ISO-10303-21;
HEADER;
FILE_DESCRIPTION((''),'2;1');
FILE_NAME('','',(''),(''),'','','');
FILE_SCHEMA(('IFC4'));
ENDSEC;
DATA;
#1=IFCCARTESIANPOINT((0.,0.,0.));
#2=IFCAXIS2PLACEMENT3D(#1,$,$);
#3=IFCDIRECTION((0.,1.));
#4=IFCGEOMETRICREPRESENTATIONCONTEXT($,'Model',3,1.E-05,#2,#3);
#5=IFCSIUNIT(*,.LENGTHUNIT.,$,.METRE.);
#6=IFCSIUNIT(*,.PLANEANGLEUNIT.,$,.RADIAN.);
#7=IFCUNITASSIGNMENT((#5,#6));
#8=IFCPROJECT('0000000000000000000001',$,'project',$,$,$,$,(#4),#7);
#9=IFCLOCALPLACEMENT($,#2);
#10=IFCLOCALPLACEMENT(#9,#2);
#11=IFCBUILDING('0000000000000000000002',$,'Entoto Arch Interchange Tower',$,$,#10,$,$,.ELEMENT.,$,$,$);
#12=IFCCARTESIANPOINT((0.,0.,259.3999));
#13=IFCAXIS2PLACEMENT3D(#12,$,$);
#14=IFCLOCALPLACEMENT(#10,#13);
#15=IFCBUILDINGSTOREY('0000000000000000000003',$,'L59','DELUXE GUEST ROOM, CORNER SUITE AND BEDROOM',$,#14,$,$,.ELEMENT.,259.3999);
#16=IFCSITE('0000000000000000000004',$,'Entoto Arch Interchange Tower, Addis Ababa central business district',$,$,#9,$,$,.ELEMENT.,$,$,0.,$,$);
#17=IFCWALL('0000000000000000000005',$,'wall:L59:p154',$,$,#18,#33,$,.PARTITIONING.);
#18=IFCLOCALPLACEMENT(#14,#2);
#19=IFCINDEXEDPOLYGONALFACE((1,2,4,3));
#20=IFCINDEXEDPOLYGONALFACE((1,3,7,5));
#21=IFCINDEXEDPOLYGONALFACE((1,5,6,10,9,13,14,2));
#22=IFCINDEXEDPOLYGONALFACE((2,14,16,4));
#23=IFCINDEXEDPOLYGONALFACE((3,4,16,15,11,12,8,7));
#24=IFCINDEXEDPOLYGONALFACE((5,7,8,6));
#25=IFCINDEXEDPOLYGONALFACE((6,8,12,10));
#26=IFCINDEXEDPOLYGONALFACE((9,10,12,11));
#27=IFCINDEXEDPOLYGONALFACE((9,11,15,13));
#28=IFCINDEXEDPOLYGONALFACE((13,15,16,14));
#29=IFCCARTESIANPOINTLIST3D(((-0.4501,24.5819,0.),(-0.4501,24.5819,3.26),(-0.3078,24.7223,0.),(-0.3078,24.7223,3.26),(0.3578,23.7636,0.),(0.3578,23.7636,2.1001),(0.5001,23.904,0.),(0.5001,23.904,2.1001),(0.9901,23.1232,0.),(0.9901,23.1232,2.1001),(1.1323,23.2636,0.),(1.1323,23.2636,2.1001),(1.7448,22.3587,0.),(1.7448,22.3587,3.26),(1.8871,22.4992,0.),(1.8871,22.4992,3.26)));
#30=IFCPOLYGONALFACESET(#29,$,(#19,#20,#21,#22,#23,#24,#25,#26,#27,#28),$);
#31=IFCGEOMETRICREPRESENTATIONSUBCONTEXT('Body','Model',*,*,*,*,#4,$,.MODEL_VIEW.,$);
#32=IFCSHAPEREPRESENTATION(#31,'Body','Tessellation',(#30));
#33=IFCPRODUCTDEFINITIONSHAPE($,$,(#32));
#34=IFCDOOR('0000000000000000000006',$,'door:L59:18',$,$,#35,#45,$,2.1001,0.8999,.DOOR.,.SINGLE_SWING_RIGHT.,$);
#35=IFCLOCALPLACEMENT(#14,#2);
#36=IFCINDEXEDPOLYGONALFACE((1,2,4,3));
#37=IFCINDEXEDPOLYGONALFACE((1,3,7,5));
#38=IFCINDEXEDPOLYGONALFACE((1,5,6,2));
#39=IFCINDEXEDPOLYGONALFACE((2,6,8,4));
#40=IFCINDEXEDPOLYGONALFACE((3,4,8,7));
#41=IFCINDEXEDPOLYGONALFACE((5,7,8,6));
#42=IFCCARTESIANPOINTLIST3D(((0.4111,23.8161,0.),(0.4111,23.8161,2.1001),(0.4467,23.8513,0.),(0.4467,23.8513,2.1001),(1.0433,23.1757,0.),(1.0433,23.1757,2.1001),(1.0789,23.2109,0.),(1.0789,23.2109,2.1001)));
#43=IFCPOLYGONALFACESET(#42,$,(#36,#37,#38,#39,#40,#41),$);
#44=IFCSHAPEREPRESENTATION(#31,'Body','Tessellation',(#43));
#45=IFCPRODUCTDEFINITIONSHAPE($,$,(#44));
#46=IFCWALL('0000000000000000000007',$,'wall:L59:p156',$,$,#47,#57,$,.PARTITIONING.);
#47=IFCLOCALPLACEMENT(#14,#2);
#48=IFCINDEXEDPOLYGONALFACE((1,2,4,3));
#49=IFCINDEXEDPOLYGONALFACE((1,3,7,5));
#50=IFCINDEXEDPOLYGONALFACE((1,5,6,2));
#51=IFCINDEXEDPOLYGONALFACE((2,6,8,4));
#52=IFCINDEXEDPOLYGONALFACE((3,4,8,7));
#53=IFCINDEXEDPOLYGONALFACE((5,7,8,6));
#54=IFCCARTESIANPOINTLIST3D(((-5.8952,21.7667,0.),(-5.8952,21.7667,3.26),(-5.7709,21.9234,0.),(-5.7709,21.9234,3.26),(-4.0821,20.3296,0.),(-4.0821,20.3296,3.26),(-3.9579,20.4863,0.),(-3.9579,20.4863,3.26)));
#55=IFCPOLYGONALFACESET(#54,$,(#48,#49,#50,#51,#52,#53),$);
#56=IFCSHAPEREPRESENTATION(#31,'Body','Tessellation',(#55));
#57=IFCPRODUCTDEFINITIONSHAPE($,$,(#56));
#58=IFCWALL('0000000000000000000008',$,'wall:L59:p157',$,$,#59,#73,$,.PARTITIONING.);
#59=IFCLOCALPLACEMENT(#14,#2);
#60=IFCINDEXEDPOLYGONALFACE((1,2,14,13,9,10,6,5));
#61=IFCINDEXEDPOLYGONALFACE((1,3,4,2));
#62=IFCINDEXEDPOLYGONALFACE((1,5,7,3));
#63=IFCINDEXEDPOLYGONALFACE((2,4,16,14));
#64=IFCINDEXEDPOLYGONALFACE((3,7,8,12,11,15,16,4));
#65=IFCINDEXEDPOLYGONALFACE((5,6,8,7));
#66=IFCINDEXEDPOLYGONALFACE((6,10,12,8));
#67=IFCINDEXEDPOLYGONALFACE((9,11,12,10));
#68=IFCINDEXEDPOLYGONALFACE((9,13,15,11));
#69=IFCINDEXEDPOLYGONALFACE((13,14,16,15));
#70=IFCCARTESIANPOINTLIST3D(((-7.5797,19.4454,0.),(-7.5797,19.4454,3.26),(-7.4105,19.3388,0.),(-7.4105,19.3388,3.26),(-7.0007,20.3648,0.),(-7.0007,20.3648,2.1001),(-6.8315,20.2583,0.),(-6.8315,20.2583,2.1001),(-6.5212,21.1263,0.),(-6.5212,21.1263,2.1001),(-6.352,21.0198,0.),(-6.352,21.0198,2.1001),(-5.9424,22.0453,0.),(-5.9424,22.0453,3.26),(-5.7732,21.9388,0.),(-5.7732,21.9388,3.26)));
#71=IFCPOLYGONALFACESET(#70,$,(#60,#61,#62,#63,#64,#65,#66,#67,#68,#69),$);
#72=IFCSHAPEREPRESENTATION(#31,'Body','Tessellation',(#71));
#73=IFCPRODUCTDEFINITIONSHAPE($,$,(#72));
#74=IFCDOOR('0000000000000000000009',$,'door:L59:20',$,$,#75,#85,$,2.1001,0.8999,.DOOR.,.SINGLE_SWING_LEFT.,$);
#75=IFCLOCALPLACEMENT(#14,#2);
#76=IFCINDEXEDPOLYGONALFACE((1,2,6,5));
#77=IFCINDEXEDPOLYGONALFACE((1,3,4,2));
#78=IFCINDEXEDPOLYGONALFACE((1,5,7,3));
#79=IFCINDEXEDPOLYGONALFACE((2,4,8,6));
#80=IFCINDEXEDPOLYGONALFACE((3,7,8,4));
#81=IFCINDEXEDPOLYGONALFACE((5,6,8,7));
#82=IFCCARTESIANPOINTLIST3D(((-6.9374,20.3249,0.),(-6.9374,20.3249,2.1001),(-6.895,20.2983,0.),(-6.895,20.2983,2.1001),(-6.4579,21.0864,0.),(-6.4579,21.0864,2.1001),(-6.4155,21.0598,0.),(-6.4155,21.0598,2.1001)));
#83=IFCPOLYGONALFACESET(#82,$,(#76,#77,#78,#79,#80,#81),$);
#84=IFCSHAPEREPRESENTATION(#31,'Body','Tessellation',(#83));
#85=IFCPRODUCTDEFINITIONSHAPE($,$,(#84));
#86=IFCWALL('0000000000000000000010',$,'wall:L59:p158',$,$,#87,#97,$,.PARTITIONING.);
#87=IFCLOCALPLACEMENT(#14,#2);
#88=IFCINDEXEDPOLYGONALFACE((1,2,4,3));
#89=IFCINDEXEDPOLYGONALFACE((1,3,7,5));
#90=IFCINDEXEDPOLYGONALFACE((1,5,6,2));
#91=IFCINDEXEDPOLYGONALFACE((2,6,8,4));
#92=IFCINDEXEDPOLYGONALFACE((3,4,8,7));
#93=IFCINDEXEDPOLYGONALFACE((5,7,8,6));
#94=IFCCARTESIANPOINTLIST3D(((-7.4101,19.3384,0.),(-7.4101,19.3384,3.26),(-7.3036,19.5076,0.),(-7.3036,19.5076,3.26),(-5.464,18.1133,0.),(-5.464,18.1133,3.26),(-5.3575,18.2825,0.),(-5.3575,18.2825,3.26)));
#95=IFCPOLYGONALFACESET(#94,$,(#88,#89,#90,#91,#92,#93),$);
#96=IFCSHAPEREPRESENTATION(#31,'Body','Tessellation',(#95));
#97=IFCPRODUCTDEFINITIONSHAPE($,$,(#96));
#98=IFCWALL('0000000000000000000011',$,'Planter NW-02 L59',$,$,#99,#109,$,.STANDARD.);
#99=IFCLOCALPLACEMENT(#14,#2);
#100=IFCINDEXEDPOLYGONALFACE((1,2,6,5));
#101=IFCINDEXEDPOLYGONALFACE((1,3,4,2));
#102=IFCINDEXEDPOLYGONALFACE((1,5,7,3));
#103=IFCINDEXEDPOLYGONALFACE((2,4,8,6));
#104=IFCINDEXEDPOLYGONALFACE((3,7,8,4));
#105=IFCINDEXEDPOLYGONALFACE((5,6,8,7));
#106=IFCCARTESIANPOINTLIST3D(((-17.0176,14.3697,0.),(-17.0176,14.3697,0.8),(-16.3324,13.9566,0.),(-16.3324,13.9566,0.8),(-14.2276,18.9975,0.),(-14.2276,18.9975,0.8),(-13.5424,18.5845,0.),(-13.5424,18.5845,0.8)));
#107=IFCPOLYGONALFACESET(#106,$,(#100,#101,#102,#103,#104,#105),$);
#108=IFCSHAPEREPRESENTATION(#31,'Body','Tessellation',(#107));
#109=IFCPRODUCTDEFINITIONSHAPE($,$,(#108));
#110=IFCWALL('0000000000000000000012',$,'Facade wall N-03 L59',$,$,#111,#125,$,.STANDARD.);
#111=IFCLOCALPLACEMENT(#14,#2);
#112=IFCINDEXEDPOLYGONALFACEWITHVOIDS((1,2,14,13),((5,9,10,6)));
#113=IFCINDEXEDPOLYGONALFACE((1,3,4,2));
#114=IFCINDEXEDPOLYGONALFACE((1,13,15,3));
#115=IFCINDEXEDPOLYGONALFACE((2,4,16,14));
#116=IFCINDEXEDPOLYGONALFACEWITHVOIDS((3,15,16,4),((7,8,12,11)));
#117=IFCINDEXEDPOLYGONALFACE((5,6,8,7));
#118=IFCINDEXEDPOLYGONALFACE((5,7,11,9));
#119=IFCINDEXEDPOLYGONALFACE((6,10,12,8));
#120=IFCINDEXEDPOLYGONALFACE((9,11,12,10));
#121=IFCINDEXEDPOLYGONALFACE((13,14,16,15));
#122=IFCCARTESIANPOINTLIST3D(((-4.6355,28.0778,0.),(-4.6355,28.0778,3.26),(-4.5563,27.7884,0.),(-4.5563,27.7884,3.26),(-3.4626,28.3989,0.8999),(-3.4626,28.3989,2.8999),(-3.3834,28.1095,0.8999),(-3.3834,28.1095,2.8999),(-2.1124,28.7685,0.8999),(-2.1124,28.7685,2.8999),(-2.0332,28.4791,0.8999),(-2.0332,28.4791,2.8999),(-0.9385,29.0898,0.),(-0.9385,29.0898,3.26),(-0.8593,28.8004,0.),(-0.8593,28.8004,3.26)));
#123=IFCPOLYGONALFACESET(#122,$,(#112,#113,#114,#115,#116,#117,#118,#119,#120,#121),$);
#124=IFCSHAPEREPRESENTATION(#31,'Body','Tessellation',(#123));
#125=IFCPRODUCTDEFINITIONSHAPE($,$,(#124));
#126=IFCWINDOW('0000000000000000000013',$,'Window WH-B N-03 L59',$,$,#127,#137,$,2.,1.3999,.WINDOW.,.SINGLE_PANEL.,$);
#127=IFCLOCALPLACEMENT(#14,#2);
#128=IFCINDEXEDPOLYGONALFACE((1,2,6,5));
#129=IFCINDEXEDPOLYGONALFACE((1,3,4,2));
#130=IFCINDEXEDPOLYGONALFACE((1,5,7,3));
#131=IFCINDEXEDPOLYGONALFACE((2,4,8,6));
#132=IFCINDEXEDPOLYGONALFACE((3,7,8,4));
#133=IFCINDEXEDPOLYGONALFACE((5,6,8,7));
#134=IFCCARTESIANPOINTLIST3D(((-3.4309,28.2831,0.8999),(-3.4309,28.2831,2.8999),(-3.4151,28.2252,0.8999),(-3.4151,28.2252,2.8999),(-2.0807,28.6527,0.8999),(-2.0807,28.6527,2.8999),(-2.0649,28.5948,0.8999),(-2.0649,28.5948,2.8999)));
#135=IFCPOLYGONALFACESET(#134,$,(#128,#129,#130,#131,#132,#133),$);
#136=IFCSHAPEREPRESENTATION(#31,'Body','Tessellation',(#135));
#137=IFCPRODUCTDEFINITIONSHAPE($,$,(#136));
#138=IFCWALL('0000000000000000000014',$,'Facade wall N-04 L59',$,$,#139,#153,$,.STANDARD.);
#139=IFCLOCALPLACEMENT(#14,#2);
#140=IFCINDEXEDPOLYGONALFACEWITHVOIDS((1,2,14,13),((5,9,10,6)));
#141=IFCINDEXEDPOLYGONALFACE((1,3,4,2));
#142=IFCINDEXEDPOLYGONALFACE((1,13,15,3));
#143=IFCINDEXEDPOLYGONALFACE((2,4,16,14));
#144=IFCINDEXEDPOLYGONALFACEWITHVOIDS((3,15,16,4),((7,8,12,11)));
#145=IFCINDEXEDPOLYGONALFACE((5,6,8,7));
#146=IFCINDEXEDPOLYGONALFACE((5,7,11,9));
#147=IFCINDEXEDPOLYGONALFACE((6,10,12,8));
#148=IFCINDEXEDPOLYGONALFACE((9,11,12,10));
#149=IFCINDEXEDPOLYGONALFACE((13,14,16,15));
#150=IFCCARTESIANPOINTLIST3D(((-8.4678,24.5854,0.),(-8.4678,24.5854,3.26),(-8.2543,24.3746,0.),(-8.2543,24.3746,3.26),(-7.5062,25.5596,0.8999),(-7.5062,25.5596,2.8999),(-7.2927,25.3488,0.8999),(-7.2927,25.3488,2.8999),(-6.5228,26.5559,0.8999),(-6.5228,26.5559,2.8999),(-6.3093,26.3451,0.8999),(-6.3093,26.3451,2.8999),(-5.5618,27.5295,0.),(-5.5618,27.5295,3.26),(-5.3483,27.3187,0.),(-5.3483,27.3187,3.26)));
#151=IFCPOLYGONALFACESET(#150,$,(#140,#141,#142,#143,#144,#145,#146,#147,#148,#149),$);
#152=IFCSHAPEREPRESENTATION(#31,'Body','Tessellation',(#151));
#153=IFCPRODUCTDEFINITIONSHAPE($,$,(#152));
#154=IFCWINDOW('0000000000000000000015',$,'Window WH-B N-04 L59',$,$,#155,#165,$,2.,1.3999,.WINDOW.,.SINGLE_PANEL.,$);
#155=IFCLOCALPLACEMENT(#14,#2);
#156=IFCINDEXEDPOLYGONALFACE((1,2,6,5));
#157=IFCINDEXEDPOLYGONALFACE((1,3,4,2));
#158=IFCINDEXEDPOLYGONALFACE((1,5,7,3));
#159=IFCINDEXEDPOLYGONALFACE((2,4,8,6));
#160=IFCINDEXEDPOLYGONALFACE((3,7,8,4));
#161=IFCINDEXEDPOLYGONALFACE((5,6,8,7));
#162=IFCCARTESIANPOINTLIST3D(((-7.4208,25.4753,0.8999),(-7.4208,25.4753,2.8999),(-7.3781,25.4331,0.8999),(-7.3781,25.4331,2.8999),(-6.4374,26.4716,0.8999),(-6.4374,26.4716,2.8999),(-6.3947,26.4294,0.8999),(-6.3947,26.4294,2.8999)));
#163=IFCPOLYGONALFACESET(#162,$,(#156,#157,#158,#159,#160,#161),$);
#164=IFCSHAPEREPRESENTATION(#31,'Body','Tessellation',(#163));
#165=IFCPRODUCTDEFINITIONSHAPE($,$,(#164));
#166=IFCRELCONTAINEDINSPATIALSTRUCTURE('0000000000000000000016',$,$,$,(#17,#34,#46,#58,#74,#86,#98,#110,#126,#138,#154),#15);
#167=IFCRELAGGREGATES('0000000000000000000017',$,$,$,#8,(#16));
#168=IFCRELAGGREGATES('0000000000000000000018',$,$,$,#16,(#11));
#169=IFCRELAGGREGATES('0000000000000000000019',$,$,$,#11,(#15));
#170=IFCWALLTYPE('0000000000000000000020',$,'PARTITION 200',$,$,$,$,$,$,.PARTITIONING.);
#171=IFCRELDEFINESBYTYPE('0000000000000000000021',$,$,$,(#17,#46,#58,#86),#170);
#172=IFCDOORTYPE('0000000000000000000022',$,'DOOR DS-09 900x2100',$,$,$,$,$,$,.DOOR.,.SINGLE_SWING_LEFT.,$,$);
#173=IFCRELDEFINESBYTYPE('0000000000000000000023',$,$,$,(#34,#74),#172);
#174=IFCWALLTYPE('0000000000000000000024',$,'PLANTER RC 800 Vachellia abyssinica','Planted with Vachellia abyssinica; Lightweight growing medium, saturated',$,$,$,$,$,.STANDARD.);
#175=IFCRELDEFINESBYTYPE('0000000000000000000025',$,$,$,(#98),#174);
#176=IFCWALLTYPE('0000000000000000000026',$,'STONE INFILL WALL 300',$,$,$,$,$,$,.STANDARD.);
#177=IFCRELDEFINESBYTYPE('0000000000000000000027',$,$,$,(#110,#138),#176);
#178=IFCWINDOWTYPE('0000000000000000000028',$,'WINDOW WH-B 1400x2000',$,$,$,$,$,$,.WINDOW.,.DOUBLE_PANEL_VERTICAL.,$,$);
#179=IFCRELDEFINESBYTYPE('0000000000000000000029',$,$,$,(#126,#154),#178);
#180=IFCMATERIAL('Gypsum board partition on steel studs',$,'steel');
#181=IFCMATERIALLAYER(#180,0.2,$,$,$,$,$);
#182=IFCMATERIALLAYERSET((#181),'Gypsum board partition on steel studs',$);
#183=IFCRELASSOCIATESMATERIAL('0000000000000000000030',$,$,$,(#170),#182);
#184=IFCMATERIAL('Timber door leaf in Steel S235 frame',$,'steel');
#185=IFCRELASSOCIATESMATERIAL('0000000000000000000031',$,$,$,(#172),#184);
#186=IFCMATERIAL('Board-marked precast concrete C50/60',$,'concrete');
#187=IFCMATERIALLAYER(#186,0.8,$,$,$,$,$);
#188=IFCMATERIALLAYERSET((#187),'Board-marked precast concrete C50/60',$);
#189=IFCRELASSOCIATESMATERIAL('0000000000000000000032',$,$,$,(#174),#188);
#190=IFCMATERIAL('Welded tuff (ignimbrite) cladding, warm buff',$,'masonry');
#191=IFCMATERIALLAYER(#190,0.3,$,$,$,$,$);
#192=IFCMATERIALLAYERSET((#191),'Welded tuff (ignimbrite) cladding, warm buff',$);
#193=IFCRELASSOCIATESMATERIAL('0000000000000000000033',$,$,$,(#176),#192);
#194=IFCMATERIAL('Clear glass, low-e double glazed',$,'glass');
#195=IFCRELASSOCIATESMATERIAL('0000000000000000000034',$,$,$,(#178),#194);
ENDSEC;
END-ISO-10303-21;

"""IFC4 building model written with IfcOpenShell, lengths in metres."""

from ifc_helpers import new_model, si_unit, direction, frame, frame_2d, origin, place, context, subcontext, project, spatial, rectangle, extrude, material, layer, layer_set, type_object, element, fill, save


model = new_model("IFC4")

# Units and contexts
model_context = context("Model", 3, precision=1e-05, world=origin(), true_north=direction((0.0, 1.0)))
body_context = subcontext(model_context, "Body", "Model", "MODEL_VIEW")
ifc_project = project(units=[si_unit("LENGTHUNIT", "METRE"), si_unit("PLANEANGLEUNIT", "RADIAN")], contexts=[model_context])

# Site, building, storey
site_placement = place(None, origin())
site = spatial("IfcSite", under=ifc_project, at=site_placement, Name="Entoto Arch Interchange Tower, Addis Ababa central business district", CompositionType="ELEMENT", RefElevation=0.0)
building_placement = place(site_placement, origin())
building = spatial("IfcBuilding", under=site, at=building_placement, Name="Entoto Arch Interchange Tower", CompositionType="ELEMENT")
storey_placement = place(building_placement, frame((0.0, 0.0, 259.3999)))
storey = spatial("IfcBuildingStorey", under=building, at=storey_placement, Name="L59", Description="DELUXE GUEST ROOM, CORNER SUITE AND BEDROOM", CompositionType="ELEMENT", Elevation=259.3999)

# Shared definitions
ifc_material_1 = material(Name="Gypsum board partition on steel studs", Category="steel")
ifc_layer_1 = layer(ifc_material_1, 0.2)
ifc_layer_set_1 = layer_set([ifc_layer_1], Name="Gypsum board partition on steel studs")
wall_type_1 = type_object("IfcWallType", Name="PARTITION 200", PredefinedType="PARTITIONING", material=ifc_layer_set_1)

# Shared definitions
ifc_material_2 = material(Name="Timber door leaf in Steel S235 frame", Category="steel")

# Wall, opening, door
wall_1_placement = place(storey_placement, frame((-0.3789, 24.6521, 0.0), z_axis=(0.0, 0.0, 1.0), x_axis=(0.70256, -0.711625, 0.0)))
wall_1 = element("IfcWall", 1, at=wall_1_placement, inside=storey, type_object=wall_type_1, Name="wall:L59:p154", PredefinedType="PARTITIONING", context=body_context, shape_type="SweptSolid", body=[
    extrude(rectangle(XDim=3.124, YDim=0.2, at=frame_2d((1.562, 0.0))), origin(), (0.0, 0.0, 1.0), 3.26),
])
opening_1_placement = place(wall_1_placement, frame((1.1499, 0.0, 0.0)))
opening_1 = element("IfcOpeningElement", 2, at=opening_1_placement, cuts=wall_1, PredefinedType="OPENING", context=body_context, shape_type="SweptSolid", body=[
    extrude(rectangle(XDim=0.8999, YDim=2.1001, at=frame_2d((0.45, 1.05))), frame((0.0, 0.1099, 0.0), z_axis=(0.0, -1.0, 0.0), x_axis=(1.0, 0.0, 0.0)), (0.0, 0.0, 1.0), 0.22),
])
door_type_1 = type_object("IfcDoorType", Name="DOOR DS-09 900x2100", OperationType="SINGLE_SWING_LEFT", PredefinedType="DOOR", material=ifc_material_2)
door_1_placement = place(opening_1_placement, origin())
door_1 = element("IfcDoor", 3, at=door_1_placement, inside=storey, type_object=door_type_1, Name="door:L59:18", OperationType="SINGLE_SWING_RIGHT", OverallHeight=2.1001, OverallWidth=0.8999, PredefinedType="DOOR", context=body_context, shape_type="SweptSolid", body=[
    extrude(rectangle(XDim=0.8999, YDim=2.1001, at=frame_2d((0.45, 1.05))), frame((0.0, 0.0249, 0.0), z_axis=(0.0, -1.0, 0.0), x_axis=(1.0, 0.0, 0.0)), (0.0, 0.0, 1.0), 0.05),
])
fill(opening_1, door_1)

# Wall
wall_2_placement = place(storey_placement, frame((-4.02, 20.408, 0.0), z_axis=(0.0, 0.0, 1.0), x_axis=(-0.783682, 0.621162, 0.0)))
element("IfcWall", 4, at=wall_2_placement, inside=storey, type_object=wall_type_1, Name="wall:L59:p156", PredefinedType="PARTITIONING", context=body_context, shape_type="SweptSolid", body=[
    extrude(rectangle(XDim=2.3135, YDim=0.2, at=frame_2d((1.1567, 0.0))), origin(), (0.0, 0.0, 1.0), 3.26),
])

# Wall, opening, door
wall_3_placement = place(storey_placement, frame((-5.8579, 21.9919, 0.0), z_axis=(0.0, 0.0, 1.0), x_axis=(-0.532874, -0.846194, 0.0)))
wall_3 = element("IfcWall", 5, at=wall_3_placement, inside=storey, type_object=wall_type_1, Name="wall:L59:p157", PredefinedType="PARTITIONING", context=body_context, shape_type="SweptSolid", body=[
    extrude(rectangle(XDim=3.0725, YDim=0.2, at=frame_2d((1.5361, 0.0))), origin(), (0.0, 0.0, 1.0), 3.26),
])
opening_2_placement = place(wall_3_placement, frame((1.0859, 0.0, 0.0)))
opening_2 = element("IfcOpeningElement", 6, at=opening_2_placement, cuts=wall_3, PredefinedType="OPENING", context=body_context, shape_type="SweptSolid", body=[
    extrude(rectangle(XDim=0.8999, YDim=2.1001, at=frame_2d((0.45, 1.05))), frame((0.0, 0.1099, 0.0), z_axis=(0.0, -1.0, 0.0), x_axis=(1.0, 0.0, 0.0)), (0.0, 0.0, 1.0), 0.22),
])
door_2_placement = place(opening_2_placement, origin())
door_2 = element("IfcDoor", 7, at=door_2_placement, inside=storey, type_object=door_type_1, Name="door:L59:20", OperationType="SINGLE_SWING_LEFT", OverallHeight=2.1001, OverallWidth=0.8999, PredefinedType="DOOR", context=body_context, shape_type="SweptSolid", body=[
    extrude(rectangle(XDim=0.8999, YDim=2.1001, at=frame_2d((0.45, 1.05))), frame((0.0, 0.0249, 0.0), z_axis=(0.0, -1.0, 0.0), x_axis=(1.0, 0.0, 0.0)), (0.0, 0.0, 1.0), 0.05),
])
fill(opening_2, door_2)

# Walls
wall_4_placement = place(storey_placement, frame((-7.3569, 19.4231, 0.0), z_axis=(0.0, 0.0, 1.0), x_axis=(0.84627, -0.532754, 0.0)))
element("IfcWall", 8, at=wall_4_placement, inside=storey, type_object=wall_type_1, Name="wall:L59:p158", PredefinedType="PARTITIONING", context=body_context, shape_type="SweptSolid", body=[
    extrude(rectangle(XDim=2.2996, YDim=0.2, at=frame_2d((1.1499, 0.0))), origin(), (0.0, 0.0, 1.0), 3.26),
])
ifc_material_3 = material(Name="Board-marked precast concrete C50/60", Category="concrete")
ifc_layer_2 = layer(ifc_material_3, 0.8)
ifc_layer_set_2 = layer_set([ifc_layer_2], Name="Board-marked precast concrete C50/60")
wall_type_2 = type_object("IfcWallType", Name="PLANTER RC 800 Vachellia abyssinica", Description="Planted with Vachellia abyssinica; Lightweight growing medium, saturated", PredefinedType="STANDARD", material=ifc_layer_set_2)
wall_5_placement = place(storey_placement, frame((-13.885, 18.791, 0.0), z_axis=(0.0, 0.0, 1.0), x_axis=(-0.516302, -0.856407, 0.0)))
element("IfcWall", 9, at=wall_5_placement, inside=storey, type_object=wall_type_2, Name="Planter NW-02 L59", PredefinedType="STANDARD", context=body_context, shape_type="SweptSolid", body=[
    extrude(rectangle(XDim=5.4038, YDim=0.8, at=frame_2d((2.7019, 0.0))), origin(), (0.0, 0.0, 1.0), 0.8),
])

# Walls, openings, windows
ifc_material_4 = material(Name="Welded tuff (ignimbrite) cladding, warm buff", Category="masonry")
ifc_layer_3 = layer(ifc_material_4, 0.3)
ifc_layer_set_3 = layer_set([ifc_layer_3], Name="Welded tuff (ignimbrite) cladding, warm buff")
wall_type_3 = type_object("IfcWallType", Name="STONE INFILL WALL 300", PredefinedType="STANDARD", material=ifc_layer_set_3)
wall_6_placement = place(storey_placement, frame((-0.8989, 28.9451, 0.0), z_axis=(0.0, 0.0, 1.0), x_axis=(-0.964519, -0.264012, 0.0)))
wall_6 = element("IfcWall", 10, at=wall_6_placement, inside=storey, type_object=wall_type_3, Name="Facade wall N-03 L59", PredefinedType="STANDARD", context=body_context, shape_type="SweptSolid", body=[
    extrude(rectangle(XDim=3.833, YDim=0.3, at=frame_2d((1.9165, 0.0))), origin(), (0.0, 0.0, 1.0), 3.26),
])
opening_3_placement = place(wall_6_placement, frame((1.217, 0.0, 0.8999)))
opening_3 = element("IfcOpeningElement", 11, at=opening_3_placement, cuts=wall_6, PredefinedType="OPENING", context=body_context, shape_type="SweptSolid", body=[
    extrude(rectangle(XDim=1.3999, YDim=2.0, at=frame_2d((0.7, 1.0))), frame((0.0, 0.1602, 0.0), z_axis=(0.0, -1.0, 0.0), x_axis=(1.0, 0.0, 0.0)), (0.0, 0.0, 1.0), 0.3201),
])
ifc_material_5 = material(Name="Clear glass, low-e double glazed", Category="glass")
window_type_1 = type_object("IfcWindowType", Name="WINDOW WH-B 1400x2000", PartitioningType="DOUBLE_PANEL_VERTICAL", PredefinedType="WINDOW", material=ifc_material_5)
window_1_placement = place(opening_3_placement, origin())
window_1 = element("IfcWindow", 12, at=window_1_placement, inside=storey, type_object=window_type_1, Name="Window WH-B N-03 L59", OverallHeight=2.0, OverallWidth=1.3999, PartitioningType="SINGLE_PANEL", PredefinedType="WINDOW", context=body_context, shape_type="SweptSolid", body=[
    extrude(rectangle(XDim=1.3999, YDim=2.0, at=frame_2d((0.7, 1.0))), frame((0.0, 0.03, 0.0), z_axis=(0.0, -1.0, 0.0), x_axis=(1.0, 0.0, 0.0)), (0.0, 0.0, 1.0), 0.0601),
])
fill(opening_3, window_1)
wall_7_placement = place(storey_placement, frame((-5.4551, 27.4241, 0.0), z_axis=(0.0, 0.0, 1.0), x_axis=(-0.702488, -0.711695, 0.0)))
wall_7 = element("IfcWall", 13, at=wall_7_placement, inside=storey, type_object=wall_type_3, Name="Facade wall N-04 L59", PredefinedType="STANDARD", context=body_context, shape_type="SweptSolid", body=[
    extrude(rectangle(XDim=4.1367, YDim=0.3, at=frame_2d((2.0684, 0.0))), origin(), (0.0, 0.0, 1.0), 3.26),
])
opening_4_placement = place(wall_7_placement, frame((1.3679, 0.0, 0.8999)))
opening_4 = element("IfcOpeningElement", 14, at=opening_4_placement, cuts=wall_7, PredefinedType="OPENING", context=body_context, shape_type="SweptSolid", body=[
    extrude(rectangle(XDim=1.3999, YDim=2.0, at=frame_2d((0.7, 1.0))), frame((0.0, 0.1602, 0.0), z_axis=(0.0, -1.0, 0.0), x_axis=(1.0, 0.0, 0.0)), (0.0, 0.0, 1.0), 0.3201),
])
window_2_placement = place(opening_4_placement, origin())
window_2 = element("IfcWindow", 15, at=window_2_placement, inside=storey, type_object=window_type_1, Name="Window WH-B N-04 L59", OverallHeight=2.0, OverallWidth=1.3999, PartitioningType="SINGLE_PANEL", PredefinedType="WINDOW", context=body_context, shape_type="SweptSolid", body=[
    extrude(rectangle(XDim=1.3999, YDim=2.0, at=frame_2d((0.7, 1.0))), frame((0.0, 0.03, 0.0), z_axis=(0.0, -1.0, 0.0), x_axis=(1.0, 0.0, 0.0)), (0.0, 0.0, 1.0), 0.0601),
])
fill(opening_4, window_2)

save(model, "model.ifc")
